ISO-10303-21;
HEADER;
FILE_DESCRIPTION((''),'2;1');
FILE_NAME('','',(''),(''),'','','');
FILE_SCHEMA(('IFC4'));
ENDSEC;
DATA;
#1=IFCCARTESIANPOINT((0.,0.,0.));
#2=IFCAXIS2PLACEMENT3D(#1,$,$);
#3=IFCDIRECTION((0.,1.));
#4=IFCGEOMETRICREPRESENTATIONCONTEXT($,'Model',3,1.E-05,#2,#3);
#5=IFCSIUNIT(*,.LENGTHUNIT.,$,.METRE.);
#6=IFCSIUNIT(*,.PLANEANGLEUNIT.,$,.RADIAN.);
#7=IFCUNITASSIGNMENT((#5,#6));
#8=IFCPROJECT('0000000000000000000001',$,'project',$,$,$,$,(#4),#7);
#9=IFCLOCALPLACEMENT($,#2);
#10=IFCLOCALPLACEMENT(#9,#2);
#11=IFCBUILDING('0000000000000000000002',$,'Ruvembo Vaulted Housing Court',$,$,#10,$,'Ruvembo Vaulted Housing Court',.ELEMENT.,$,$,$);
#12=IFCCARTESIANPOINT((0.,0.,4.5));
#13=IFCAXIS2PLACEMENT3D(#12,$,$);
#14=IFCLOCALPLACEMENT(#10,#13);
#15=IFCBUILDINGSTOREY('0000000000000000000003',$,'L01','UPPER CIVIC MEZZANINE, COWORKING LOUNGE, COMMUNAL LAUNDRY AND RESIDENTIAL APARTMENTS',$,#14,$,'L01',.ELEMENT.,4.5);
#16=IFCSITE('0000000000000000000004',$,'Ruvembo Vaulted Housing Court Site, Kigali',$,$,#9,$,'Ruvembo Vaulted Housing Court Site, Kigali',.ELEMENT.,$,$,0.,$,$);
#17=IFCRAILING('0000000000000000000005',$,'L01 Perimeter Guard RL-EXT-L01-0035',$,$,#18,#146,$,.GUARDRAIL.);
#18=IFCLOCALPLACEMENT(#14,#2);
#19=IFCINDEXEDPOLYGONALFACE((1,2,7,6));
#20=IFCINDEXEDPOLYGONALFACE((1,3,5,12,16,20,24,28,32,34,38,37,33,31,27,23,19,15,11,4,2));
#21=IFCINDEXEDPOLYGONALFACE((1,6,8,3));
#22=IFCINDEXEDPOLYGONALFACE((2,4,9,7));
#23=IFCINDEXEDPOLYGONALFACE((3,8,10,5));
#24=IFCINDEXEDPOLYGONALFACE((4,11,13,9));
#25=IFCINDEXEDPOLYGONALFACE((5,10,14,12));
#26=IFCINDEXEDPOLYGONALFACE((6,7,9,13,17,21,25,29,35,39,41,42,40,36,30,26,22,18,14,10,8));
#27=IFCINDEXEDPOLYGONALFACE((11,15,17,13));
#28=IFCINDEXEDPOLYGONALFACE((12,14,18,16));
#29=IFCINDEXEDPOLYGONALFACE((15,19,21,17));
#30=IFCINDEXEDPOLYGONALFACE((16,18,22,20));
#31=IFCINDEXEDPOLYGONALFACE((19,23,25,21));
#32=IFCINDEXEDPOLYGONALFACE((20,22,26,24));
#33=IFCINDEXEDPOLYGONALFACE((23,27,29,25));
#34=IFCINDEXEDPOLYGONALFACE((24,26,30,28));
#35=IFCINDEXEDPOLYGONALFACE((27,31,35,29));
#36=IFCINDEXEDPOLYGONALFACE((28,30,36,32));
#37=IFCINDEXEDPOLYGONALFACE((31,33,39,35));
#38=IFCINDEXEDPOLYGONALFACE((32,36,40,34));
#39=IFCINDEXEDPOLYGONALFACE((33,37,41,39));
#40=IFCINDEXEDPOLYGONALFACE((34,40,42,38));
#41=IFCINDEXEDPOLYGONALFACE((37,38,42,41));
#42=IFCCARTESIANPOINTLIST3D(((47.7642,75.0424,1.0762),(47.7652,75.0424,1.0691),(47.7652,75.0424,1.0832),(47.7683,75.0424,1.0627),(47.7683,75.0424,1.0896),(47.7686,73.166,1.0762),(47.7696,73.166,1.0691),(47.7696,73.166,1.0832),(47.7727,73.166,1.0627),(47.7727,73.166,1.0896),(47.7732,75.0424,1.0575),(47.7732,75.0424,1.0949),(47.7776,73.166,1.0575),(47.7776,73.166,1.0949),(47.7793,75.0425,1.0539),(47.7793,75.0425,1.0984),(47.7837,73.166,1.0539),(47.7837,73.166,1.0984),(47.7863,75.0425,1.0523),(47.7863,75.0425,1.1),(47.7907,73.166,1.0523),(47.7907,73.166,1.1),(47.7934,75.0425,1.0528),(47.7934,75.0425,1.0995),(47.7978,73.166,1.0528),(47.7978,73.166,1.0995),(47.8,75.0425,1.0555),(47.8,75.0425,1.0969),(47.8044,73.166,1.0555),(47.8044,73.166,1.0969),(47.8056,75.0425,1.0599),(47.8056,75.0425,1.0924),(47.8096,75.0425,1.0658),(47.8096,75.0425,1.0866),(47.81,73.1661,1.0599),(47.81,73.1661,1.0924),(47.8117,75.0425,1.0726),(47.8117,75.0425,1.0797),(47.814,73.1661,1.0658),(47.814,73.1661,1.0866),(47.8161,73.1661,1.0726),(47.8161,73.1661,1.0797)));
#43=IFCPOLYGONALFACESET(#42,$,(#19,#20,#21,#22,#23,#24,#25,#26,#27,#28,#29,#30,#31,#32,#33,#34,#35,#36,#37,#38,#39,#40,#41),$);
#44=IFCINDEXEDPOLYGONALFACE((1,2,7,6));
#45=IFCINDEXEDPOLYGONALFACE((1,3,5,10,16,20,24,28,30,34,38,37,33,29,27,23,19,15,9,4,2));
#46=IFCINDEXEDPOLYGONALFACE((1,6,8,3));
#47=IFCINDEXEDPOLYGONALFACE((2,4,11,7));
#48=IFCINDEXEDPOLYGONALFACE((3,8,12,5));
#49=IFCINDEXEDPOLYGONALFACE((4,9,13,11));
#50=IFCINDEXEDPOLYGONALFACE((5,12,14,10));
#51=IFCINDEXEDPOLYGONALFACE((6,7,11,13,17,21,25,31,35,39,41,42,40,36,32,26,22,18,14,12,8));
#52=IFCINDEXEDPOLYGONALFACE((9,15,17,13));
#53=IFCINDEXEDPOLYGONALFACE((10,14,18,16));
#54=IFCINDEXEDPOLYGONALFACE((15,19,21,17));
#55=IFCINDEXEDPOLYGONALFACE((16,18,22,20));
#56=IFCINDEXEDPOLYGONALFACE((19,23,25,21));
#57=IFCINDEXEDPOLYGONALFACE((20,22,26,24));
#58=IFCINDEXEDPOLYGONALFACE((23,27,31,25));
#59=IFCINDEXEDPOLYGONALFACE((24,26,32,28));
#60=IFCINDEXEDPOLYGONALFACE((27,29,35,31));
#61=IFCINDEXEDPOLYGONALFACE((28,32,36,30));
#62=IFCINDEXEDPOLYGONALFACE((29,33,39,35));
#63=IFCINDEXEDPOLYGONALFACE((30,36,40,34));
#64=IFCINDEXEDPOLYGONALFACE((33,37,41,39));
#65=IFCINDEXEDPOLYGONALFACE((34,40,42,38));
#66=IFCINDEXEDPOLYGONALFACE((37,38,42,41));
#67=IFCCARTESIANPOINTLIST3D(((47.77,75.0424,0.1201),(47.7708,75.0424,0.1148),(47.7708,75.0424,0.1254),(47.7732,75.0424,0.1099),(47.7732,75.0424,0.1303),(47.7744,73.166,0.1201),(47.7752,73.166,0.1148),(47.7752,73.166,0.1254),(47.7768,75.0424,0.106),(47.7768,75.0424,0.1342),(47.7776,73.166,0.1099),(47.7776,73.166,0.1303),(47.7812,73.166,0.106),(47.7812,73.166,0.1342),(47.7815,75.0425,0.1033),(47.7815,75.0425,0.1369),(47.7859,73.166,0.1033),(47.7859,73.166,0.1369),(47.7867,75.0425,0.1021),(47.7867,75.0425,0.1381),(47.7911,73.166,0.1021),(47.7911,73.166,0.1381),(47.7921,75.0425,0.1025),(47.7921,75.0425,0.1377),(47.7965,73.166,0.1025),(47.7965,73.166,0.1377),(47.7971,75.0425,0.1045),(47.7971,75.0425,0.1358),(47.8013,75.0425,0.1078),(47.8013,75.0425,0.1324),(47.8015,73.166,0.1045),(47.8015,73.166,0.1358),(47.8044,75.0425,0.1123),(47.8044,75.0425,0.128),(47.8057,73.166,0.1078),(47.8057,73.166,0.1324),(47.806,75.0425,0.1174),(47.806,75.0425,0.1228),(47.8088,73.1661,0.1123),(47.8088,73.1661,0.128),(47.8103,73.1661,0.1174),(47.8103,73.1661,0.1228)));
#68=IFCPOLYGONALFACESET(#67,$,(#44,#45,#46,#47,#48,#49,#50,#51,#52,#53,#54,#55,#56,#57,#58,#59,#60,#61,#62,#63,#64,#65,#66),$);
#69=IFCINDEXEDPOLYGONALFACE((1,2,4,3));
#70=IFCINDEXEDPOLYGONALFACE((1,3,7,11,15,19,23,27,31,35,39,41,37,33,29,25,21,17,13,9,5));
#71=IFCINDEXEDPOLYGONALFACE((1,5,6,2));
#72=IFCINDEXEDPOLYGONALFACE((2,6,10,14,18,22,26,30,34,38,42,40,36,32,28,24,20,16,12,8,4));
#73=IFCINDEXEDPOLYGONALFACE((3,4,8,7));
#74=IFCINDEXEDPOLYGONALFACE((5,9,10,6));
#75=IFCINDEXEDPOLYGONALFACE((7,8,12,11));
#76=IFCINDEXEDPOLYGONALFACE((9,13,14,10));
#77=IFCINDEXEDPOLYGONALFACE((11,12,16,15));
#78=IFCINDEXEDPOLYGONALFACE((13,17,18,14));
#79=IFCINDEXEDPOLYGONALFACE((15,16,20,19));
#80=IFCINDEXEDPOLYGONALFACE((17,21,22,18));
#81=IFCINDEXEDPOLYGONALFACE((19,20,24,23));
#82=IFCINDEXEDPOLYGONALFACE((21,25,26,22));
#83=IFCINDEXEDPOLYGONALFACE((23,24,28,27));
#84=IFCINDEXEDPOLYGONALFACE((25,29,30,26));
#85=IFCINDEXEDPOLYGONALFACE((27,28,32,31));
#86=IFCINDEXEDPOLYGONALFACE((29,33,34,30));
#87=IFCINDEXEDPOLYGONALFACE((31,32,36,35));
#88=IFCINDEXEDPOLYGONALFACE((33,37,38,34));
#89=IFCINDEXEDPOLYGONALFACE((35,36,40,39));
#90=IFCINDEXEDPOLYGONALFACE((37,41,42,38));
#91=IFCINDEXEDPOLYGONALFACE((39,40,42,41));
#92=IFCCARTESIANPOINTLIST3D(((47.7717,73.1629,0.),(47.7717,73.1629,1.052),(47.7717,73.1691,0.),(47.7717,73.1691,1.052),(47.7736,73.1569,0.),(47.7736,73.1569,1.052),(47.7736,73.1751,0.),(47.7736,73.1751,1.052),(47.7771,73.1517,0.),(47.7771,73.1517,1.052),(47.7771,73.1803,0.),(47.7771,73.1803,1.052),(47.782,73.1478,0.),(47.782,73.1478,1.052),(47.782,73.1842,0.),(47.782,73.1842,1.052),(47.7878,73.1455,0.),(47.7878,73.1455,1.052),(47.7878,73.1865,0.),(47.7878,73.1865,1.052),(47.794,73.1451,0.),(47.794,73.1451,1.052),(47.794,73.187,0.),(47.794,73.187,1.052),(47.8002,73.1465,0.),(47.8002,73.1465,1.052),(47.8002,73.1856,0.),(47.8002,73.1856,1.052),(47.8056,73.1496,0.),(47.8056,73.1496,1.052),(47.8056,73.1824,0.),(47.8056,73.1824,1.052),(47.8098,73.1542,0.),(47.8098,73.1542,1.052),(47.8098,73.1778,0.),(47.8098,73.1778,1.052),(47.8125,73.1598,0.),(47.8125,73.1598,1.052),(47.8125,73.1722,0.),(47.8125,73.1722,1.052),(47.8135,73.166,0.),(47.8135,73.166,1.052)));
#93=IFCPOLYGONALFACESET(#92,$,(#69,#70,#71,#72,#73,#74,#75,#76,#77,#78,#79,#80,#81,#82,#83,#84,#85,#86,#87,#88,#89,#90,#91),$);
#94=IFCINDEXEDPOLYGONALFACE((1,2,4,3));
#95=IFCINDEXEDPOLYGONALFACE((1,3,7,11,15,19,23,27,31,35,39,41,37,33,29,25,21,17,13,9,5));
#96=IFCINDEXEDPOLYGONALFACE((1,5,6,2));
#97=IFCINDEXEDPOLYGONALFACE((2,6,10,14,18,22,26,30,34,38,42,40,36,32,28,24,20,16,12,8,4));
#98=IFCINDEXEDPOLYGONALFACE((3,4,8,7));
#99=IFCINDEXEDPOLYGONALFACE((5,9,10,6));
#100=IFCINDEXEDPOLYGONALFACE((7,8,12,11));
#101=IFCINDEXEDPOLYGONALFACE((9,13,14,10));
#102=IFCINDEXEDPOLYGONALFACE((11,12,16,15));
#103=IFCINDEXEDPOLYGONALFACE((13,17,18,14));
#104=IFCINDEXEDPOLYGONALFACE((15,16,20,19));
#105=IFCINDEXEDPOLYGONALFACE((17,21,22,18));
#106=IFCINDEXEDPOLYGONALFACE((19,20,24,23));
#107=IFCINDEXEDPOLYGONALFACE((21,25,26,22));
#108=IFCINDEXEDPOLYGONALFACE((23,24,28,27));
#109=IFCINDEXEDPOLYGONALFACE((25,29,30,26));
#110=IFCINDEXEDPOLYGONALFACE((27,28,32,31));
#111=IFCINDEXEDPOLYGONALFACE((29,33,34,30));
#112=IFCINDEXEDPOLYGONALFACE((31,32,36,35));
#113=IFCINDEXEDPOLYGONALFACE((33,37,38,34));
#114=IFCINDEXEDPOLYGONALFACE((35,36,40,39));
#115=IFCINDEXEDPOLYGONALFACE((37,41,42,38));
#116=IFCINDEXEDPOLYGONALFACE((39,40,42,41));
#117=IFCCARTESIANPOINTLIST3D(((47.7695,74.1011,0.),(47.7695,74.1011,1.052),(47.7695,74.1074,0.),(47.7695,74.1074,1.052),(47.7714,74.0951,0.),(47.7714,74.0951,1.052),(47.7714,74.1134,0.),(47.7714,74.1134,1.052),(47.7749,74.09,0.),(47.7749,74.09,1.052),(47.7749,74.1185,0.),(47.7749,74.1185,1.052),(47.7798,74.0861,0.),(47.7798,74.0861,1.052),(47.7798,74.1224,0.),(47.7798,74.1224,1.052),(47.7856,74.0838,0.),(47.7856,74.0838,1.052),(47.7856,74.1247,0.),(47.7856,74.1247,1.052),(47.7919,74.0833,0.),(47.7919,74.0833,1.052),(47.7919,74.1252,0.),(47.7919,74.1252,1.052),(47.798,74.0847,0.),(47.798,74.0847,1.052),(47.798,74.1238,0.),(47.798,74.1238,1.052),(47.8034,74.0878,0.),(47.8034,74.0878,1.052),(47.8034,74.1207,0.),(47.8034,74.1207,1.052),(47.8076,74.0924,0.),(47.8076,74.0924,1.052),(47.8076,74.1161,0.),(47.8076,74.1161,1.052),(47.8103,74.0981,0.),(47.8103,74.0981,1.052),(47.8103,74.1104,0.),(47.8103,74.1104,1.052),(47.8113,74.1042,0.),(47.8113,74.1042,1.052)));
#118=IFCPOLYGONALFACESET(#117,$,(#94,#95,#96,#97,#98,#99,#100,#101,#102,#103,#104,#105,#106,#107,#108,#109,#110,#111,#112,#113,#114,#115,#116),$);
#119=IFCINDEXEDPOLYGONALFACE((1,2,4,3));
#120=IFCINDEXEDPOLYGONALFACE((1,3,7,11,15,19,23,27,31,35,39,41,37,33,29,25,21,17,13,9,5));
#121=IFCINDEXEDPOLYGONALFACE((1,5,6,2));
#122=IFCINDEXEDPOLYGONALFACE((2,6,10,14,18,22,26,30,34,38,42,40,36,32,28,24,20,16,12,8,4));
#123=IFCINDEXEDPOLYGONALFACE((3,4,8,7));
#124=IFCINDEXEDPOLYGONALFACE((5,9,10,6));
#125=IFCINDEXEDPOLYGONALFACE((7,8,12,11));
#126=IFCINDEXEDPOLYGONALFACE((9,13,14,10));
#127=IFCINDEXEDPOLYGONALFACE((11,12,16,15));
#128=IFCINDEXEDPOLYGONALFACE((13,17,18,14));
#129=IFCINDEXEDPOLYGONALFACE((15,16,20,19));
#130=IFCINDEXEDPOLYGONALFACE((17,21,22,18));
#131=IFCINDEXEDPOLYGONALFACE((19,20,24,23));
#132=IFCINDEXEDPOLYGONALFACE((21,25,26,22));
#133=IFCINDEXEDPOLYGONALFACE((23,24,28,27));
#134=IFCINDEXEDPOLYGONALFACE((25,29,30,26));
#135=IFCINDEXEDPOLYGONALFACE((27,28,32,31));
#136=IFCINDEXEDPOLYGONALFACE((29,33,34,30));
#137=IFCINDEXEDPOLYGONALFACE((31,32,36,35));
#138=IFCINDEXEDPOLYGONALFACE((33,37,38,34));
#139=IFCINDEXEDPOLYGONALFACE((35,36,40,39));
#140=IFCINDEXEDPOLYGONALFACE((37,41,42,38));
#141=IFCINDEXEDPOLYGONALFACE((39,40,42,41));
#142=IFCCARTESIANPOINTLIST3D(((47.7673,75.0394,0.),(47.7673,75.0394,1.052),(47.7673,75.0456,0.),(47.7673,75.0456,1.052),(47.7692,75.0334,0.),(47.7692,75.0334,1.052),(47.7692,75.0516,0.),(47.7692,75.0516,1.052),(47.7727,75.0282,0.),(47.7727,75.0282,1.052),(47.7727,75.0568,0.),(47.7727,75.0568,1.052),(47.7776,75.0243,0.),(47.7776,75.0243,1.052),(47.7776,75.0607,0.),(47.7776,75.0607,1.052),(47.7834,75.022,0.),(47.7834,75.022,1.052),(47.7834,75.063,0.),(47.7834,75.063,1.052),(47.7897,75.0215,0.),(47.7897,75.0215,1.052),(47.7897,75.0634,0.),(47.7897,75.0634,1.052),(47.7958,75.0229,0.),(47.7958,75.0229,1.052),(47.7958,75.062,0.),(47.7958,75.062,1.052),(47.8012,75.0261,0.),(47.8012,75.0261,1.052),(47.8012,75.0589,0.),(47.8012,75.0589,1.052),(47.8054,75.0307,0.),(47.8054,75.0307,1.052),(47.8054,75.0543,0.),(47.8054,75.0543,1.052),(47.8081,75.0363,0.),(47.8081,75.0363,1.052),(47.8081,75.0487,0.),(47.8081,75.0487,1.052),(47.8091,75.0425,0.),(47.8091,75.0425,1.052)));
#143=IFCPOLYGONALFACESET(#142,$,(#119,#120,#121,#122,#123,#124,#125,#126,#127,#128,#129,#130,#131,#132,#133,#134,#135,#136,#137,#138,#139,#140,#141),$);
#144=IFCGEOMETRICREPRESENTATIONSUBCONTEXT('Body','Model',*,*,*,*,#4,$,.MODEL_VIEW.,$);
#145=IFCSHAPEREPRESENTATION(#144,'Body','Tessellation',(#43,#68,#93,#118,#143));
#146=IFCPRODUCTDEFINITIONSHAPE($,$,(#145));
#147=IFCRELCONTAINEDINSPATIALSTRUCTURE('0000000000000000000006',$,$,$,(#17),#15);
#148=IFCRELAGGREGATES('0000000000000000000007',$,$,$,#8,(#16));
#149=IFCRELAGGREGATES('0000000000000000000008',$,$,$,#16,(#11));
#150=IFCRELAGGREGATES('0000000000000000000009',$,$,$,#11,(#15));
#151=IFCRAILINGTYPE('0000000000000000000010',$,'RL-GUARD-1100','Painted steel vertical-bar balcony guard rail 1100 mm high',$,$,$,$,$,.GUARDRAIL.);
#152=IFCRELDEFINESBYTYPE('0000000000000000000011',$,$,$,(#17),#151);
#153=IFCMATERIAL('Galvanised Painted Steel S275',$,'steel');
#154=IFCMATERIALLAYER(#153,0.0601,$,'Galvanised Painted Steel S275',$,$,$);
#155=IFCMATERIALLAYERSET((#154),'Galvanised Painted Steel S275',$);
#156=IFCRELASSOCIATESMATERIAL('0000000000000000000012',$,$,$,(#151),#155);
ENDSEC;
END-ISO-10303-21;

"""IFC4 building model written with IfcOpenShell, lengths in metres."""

from ifc_helpers import new_model, si_unit, direction, frame, origin, origin_2d, place, context, subcontext, project, spatial, circle, extrude, material, layer, layer_set, type_object, element, save


model = new_model("IFC4")

# Units and contexts
model_context = context("Model", 3, precision=1e-05, world=origin(), true_north=direction((0.0, 1.0)))
body_context = subcontext(model_context, "Body", "Model", "MODEL_VIEW")
ifc_project = project(units=[si_unit("LENGTHUNIT", "METRE"), si_unit("PLANEANGLEUNIT", "RADIAN")], contexts=[model_context])

# Site, building, storey
site_placement = place(None, origin())
site = spatial("IfcSite", under=ifc_project, at=site_placement, Name="Ruvembo Vaulted Housing Court Site, Kigali", LongName="Ruvembo Vaulted Housing Court Site, Kigali", CompositionType="ELEMENT", RefElevation=0.0)
building_placement = place(site_placement, origin())
building = spatial("IfcBuilding", under=site, at=building_placement, Name="Ruvembo Vaulted Housing Court", LongName="Ruvembo Vaulted Housing Court", CompositionType="ELEMENT")
storey_placement = place(building_placement, frame((0.0, 0.0, 4.5)))
storey = spatial("IfcBuildingStorey", under=building, at=storey_placement, Name="L01", Description="UPPER CIVIC MEZZANINE, COWORKING LOUNGE, COMMUNAL LAUNDRY AND RESIDENTIAL APARTMENTS", LongName="L01", CompositionType="ELEMENT", Elevation=4.5)

# Railing
ifc_material_1 = material(Name="Galvanised Painted Steel S275", Category="steel")
ifc_layer_1 = layer(ifc_material_1, 0.0601, Name="Galvanised Painted Steel S275")
ifc_layer_set_1 = layer_set([ifc_layer_1], Name="Galvanised Painted Steel S275")
railing_type = type_object("IfcRailingType", Name="RL-GUARD-1100", Description="Painted steel vertical-bar balcony guard rail 1100 mm high", PredefinedType="GUARDRAIL", material=ifc_layer_set_1)
railing_1_placement = place(storey_placement, frame((47.7925, 73.166, 0.0)))
element("IfcRailing", 1, at=railing_1_placement, inside=storey, type_object=railing_type, Name="L01 Perimeter Guard RL-EXT-L01-0035", PredefinedType="GUARDRAIL", context=body_context, shape_type="SweptSolid", body=[
    extrude(circle(Radius=0.0239, at=origin_2d()), frame((0.0, 0.0, 1.0762), z_axis=(-0.002342, 0.999997, 0.0), x_axis=(-0.999997, -0.002342, 0.0)), (0.0, 0.0, 1.0), 1.8765),
    extrude(circle(Radius=0.0181, at=origin_2d()), frame((0.0, 0.0, 0.1201), z_axis=(-0.002342, 0.999997, 0.0), x_axis=(-0.999997, -0.002342, 0.0)), (0.0, 0.0, 1.0), 1.8765),
    extrude(circle(Radius=0.021, at=origin_2d()), origin(), (0.0, 0.0, 1.0), 1.052),
    extrude(circle(Radius=0.021, at=origin_2d()), frame((-0.0022, 0.9382, 0.0)), (0.0, 0.0, 1.0), 1.052),
    extrude(circle(Radius=0.021, at=origin_2d()), frame((-0.0044, 1.8765, 0.0)), (0.0, 0.0, 1.0), 1.052),
])

save(model, "model.ifc")
